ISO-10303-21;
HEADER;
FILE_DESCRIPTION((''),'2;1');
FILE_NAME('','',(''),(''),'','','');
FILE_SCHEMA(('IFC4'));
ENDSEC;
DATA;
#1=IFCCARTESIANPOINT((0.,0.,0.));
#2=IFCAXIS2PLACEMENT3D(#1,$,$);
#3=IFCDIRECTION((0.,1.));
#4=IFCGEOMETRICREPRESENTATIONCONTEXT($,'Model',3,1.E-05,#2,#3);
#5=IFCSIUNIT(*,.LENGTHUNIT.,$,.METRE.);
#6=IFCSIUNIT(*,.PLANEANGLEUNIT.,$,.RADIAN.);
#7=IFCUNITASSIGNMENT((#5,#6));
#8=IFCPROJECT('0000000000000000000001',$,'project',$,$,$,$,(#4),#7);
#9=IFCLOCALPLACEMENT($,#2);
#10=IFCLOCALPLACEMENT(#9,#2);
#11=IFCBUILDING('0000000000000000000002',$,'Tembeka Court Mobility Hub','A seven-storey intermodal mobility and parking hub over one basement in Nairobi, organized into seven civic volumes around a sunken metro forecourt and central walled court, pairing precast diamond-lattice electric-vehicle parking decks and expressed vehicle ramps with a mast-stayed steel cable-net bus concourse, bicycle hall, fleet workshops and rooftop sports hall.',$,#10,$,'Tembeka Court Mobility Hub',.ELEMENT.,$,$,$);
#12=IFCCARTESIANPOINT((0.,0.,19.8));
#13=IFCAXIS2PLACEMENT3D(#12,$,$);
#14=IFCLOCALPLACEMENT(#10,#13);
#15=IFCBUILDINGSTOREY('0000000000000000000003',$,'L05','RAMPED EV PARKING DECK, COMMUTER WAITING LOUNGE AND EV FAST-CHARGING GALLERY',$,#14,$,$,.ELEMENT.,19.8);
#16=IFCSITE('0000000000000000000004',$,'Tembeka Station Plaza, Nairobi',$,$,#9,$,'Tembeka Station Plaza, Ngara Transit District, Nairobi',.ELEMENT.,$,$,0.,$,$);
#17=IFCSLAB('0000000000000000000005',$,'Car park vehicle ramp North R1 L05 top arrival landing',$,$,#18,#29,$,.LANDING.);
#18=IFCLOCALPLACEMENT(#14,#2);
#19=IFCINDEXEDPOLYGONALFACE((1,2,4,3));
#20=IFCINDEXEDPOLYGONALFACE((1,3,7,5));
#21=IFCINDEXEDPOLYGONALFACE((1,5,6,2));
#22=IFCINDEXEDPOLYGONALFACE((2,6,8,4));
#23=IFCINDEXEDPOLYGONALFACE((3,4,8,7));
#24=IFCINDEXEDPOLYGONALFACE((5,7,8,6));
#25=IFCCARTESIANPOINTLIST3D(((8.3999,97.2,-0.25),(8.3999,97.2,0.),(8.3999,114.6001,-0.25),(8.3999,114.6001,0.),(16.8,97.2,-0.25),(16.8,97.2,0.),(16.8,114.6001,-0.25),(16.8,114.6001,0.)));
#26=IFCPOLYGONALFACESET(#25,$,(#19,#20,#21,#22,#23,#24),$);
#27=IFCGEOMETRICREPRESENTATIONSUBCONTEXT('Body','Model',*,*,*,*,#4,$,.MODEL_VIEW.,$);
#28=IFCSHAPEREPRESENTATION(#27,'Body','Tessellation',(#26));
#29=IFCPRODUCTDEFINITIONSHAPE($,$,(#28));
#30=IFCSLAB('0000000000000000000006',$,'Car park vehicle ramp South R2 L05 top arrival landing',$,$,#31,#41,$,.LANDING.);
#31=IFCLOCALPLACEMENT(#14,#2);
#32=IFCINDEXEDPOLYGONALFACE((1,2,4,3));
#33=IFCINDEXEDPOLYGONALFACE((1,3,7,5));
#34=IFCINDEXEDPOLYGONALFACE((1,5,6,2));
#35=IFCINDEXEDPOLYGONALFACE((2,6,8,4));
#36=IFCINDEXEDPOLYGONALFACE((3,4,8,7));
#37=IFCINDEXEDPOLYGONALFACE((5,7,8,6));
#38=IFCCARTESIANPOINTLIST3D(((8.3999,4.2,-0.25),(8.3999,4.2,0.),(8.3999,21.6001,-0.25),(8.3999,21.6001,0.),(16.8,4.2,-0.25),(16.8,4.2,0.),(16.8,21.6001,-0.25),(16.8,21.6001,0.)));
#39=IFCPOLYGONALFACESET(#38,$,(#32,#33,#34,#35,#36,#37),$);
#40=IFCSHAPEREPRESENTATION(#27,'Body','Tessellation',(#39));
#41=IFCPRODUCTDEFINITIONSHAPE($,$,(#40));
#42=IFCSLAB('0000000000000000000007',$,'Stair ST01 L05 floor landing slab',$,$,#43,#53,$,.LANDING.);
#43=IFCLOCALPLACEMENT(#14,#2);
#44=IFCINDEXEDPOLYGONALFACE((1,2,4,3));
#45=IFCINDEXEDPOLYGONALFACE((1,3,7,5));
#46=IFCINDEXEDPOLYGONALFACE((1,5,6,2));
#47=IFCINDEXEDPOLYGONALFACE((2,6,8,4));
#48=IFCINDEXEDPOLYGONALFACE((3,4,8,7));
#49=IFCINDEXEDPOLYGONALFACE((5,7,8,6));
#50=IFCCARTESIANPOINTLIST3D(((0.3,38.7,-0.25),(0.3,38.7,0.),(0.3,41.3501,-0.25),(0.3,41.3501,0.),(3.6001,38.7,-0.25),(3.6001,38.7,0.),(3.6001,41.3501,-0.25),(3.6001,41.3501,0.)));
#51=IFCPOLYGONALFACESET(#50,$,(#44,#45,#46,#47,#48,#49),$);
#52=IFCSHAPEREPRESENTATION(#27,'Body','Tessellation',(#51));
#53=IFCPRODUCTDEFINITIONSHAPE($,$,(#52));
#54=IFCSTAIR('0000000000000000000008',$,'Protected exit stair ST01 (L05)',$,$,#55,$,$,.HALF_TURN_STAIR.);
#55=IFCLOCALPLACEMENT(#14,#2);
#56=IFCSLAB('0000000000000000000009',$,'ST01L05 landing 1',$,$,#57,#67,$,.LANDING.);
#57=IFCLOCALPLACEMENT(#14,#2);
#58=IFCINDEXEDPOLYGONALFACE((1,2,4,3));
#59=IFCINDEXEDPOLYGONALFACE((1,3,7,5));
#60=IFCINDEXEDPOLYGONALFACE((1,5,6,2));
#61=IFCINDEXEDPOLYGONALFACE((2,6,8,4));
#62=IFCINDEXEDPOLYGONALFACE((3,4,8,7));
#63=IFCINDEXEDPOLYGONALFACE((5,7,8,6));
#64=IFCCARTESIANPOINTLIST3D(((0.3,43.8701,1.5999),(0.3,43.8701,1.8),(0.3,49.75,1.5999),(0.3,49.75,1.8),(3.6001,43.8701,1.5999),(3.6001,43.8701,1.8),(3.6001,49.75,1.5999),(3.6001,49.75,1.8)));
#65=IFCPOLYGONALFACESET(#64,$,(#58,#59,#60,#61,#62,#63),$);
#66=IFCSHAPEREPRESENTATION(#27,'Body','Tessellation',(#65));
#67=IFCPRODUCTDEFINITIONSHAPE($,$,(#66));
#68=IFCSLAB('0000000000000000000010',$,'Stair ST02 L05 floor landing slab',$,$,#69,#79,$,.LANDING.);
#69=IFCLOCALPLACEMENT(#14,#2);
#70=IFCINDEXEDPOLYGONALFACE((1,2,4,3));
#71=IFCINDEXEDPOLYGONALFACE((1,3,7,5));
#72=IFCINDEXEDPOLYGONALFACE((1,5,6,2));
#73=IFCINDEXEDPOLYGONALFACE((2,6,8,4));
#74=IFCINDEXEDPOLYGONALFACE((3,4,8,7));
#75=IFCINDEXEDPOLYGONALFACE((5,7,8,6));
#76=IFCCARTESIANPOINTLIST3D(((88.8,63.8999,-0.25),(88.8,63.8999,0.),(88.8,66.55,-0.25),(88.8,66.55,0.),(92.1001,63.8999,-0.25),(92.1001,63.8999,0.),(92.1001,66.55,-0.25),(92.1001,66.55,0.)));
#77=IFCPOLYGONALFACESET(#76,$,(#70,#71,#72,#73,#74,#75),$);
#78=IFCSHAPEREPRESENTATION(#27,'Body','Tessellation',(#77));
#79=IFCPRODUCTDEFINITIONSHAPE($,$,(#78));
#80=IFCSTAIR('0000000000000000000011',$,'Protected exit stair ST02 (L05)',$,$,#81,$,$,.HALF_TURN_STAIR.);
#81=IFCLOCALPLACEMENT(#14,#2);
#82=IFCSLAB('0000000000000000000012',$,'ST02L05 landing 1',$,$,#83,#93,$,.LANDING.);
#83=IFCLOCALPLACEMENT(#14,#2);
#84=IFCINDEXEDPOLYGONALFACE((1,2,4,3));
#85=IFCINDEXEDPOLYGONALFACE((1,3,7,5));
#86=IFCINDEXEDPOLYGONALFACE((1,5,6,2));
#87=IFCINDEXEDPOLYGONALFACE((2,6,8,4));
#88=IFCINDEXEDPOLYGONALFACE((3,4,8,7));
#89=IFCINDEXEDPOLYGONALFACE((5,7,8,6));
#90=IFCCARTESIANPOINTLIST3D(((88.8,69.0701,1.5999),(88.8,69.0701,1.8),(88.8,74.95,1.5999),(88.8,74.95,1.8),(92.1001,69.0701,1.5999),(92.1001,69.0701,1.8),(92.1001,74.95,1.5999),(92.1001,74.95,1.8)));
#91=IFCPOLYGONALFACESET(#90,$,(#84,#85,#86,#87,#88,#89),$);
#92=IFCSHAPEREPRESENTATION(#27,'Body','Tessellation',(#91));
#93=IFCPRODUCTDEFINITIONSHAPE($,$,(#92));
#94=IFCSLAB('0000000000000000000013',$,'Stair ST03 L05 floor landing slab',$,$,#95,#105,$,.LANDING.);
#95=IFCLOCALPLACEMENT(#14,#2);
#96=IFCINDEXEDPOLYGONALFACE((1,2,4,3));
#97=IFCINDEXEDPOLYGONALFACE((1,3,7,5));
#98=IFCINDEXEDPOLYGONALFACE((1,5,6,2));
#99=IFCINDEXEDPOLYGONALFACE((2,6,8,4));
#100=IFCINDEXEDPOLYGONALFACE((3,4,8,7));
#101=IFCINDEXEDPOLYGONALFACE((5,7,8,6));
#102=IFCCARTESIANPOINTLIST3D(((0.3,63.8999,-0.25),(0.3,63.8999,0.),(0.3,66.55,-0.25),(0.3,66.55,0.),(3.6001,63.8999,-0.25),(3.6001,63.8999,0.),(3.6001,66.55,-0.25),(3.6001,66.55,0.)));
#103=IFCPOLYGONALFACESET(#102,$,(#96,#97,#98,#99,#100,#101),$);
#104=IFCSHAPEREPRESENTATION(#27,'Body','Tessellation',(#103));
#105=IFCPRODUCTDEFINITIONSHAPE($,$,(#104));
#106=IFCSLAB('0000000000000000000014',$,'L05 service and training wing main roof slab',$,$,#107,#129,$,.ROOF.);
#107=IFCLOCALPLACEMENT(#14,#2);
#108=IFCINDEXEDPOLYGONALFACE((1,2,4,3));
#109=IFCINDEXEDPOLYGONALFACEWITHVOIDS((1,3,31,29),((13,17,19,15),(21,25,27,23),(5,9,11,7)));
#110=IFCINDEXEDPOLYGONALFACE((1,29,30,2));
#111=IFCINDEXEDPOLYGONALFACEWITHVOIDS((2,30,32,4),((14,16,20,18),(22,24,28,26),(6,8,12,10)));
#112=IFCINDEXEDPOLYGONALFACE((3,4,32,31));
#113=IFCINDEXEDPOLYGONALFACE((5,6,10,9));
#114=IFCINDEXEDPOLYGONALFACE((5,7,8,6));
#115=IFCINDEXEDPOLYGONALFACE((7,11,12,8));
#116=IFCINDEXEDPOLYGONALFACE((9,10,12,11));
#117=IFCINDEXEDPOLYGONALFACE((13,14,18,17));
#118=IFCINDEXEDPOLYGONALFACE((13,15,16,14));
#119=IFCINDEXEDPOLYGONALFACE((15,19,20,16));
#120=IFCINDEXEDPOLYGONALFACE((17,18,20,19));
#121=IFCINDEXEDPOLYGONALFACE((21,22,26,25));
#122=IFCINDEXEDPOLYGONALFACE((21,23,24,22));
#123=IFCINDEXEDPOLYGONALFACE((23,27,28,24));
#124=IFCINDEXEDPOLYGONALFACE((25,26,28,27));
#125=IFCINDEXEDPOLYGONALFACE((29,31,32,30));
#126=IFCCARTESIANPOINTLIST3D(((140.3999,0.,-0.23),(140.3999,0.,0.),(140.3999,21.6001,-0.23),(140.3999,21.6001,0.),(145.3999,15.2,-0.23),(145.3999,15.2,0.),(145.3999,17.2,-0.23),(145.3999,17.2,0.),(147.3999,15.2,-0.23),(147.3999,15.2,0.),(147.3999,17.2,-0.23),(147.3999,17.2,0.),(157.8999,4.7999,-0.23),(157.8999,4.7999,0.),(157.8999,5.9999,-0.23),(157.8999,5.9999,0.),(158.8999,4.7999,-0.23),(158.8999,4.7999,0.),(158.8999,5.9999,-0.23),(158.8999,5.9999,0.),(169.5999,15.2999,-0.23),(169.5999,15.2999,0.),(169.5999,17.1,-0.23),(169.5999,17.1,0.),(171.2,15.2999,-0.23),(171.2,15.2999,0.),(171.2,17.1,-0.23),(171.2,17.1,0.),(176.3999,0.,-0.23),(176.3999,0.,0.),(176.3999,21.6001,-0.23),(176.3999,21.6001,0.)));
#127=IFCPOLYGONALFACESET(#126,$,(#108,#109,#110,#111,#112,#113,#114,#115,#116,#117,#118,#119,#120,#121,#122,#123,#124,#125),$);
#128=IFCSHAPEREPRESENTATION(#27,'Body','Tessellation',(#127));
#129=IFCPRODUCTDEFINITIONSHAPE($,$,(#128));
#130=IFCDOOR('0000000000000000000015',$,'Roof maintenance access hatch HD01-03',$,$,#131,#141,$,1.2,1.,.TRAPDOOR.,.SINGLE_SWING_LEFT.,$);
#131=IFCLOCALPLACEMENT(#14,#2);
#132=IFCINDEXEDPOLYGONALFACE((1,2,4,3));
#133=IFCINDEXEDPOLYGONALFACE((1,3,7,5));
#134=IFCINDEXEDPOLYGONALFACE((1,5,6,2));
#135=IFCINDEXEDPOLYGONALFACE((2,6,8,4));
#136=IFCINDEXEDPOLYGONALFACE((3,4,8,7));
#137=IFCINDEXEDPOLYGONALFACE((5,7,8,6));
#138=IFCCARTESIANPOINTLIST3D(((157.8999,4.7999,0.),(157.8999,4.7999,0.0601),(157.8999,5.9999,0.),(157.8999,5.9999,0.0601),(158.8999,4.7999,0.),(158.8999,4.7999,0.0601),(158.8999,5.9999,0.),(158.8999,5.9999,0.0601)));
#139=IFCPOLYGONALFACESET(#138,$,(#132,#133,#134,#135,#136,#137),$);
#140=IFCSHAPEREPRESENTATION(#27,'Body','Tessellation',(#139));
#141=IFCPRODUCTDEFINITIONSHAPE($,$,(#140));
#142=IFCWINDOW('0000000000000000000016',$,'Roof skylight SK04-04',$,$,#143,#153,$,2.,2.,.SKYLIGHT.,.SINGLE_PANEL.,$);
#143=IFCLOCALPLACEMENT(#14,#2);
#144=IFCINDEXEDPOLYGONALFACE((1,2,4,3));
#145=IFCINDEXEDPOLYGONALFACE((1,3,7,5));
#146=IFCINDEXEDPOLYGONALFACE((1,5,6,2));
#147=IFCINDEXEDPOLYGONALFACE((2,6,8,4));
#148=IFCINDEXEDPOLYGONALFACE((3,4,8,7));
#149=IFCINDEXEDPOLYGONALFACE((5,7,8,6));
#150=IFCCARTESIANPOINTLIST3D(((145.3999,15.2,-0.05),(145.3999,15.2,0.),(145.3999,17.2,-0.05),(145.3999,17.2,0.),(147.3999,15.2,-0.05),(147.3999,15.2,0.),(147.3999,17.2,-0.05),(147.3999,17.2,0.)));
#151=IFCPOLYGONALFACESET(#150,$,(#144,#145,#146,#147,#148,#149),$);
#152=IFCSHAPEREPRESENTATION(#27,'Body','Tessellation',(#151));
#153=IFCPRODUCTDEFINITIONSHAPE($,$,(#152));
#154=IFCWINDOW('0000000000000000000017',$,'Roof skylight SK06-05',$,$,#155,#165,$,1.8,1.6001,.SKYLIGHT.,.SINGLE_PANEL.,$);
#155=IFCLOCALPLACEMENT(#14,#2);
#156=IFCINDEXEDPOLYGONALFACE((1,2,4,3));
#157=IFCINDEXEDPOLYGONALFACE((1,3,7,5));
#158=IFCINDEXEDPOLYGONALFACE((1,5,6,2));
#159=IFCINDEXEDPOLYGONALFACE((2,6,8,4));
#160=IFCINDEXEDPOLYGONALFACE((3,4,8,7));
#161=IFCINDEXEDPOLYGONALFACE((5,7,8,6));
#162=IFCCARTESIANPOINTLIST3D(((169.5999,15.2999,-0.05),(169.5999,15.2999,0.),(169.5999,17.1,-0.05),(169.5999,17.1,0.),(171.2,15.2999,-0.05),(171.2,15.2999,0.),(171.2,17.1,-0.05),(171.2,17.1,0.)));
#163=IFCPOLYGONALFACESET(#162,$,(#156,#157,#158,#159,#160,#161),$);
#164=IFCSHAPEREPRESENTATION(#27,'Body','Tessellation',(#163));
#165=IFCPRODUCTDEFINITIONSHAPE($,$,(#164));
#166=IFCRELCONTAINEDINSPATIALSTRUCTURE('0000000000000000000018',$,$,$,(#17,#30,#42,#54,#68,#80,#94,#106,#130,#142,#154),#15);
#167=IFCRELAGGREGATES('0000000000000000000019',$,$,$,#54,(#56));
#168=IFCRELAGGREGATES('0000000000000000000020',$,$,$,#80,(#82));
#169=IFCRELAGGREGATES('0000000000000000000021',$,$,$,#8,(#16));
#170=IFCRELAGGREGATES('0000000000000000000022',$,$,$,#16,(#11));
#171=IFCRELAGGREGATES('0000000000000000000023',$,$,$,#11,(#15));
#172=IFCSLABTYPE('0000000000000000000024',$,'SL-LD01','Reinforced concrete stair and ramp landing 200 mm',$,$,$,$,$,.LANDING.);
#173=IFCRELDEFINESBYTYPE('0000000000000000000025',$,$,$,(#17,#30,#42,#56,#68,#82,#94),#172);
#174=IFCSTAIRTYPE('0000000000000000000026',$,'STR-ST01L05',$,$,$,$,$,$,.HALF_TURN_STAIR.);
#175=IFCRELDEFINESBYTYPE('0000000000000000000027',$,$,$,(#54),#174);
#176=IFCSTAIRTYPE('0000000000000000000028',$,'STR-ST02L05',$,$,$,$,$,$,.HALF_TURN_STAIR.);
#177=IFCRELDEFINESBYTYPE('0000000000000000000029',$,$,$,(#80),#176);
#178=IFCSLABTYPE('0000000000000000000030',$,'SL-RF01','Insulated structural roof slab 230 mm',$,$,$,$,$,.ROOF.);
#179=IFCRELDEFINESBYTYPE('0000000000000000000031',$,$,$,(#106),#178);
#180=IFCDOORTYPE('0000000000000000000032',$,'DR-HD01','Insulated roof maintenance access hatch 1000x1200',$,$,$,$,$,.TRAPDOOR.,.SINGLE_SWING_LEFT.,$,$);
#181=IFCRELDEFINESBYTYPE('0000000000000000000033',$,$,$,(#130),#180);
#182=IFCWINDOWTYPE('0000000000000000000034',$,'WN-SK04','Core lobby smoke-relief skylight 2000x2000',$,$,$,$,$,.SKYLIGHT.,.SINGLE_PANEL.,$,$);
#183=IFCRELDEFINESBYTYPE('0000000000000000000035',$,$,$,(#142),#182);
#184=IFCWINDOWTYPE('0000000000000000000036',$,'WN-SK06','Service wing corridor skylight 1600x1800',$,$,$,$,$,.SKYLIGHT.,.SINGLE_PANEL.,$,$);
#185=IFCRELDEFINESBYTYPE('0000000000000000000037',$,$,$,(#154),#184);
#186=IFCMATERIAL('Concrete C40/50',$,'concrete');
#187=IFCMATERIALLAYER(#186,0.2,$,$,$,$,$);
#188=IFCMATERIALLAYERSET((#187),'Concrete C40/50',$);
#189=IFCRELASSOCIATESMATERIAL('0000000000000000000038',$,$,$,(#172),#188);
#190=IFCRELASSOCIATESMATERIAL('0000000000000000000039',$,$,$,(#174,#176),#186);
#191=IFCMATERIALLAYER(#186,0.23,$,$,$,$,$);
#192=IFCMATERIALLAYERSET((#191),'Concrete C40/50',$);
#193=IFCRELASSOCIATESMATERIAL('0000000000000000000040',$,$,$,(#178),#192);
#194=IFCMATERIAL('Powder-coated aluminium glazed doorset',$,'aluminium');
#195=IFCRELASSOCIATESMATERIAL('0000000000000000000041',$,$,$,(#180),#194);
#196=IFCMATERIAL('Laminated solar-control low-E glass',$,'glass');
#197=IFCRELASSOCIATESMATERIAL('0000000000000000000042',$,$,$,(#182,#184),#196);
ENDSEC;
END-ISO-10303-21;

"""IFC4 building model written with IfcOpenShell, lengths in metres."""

from ifc_helpers import new_model, si_unit, direction, frame, origin, origin_2d, place, context, subcontext, project, spatial, polyline, rectangle, outline, extrude, material, layer, layer_set, type_object, element, fill, aggregate, save


model = new_model("IFC4")

# Units and contexts
model_context = context("Model", 3, precision=1e-05, world=origin(), true_north=direction((0.0, 1.0)))
body_context = subcontext(model_context, "Body", "Model", "MODEL_VIEW")
ifc_project = project(units=[si_unit("LENGTHUNIT", "METRE"), si_unit("PLANEANGLEUNIT", "RADIAN")], contexts=[model_context])

# Site, building, storey
site_placement = place(None, origin())
site = spatial("IfcSite", under=ifc_project, at=site_placement, Name="Tembeka Station Plaza, Nairobi", LongName="Tembeka Station Plaza, Ngara Transit District, Nairobi", CompositionType="ELEMENT", RefElevation=0.0)
building_placement = place(site_placement, origin())
building = spatial("IfcBuilding", under=site, at=building_placement, Name="Tembeka Court Mobility Hub", Description="A seven-storey intermodal mobility and parking hub over one basement in Nairobi, organized into seven civic volumes around a sunken metro forecourt and central walled court, pairing precast diamond-lattice electric-vehicle parking decks and expressed vehicle ramps with a mast-stayed steel cable-net bus concourse, bicycle hall, fleet workshops and rooftop sports hall.", LongName="Tembeka Court Mobility Hub", CompositionType="ELEMENT")
storey_placement = place(building_placement, frame((0.0, 0.0, 19.8)))
storey = spatial("IfcBuildingStorey", under=building, at=storey_placement, Name="L05", Description="RAMPED EV PARKING DECK, COMMUTER WAITING LOUNGE AND EV FAST-CHARGING GALLERY", CompositionType="ELEMENT", Elevation=19.8)

# Slabs
ifc_material_1 = material(Name="Concrete C40/50", Category="concrete")
ifc_layer_1 = layer(ifc_material_1, 0.2)
ifc_layer_set_1 = layer_set([ifc_layer_1], Name="Concrete C40/50")
slab_type_1 = type_object("IfcSlabType", Name="SL-LD01", Description="Reinforced concrete stair and ramp landing 200 mm", PredefinedType="LANDING", material=ifc_layer_set_1)
slab_1_placement = place(storey_placement, frame((0.0, 0.0, -0.25)))
element("IfcSlab", 1, at=slab_1_placement, inside=storey, type_object=slab_type_1, Name="Car park vehicle ramp North R1 L05 top arrival landing", PredefinedType="LANDING", context=body_context, shape_type="SweptSolid", body=[
    extrude(outline(polyline([(8.3999, 97.2), (16.8, 97.2), (16.8, 114.6001), (8.3999, 114.6001), (8.3999, 97.2)])), origin(), (0.0, 0.0, 1.0), 0.25),
])
slab_2_placement = place(storey_placement, frame((0.0, 0.0, -0.25)))
element("IfcSlab", 2, at=slab_2_placement, inside=storey, type_object=slab_type_1, Name="Car park vehicle ramp South R2 L05 top arrival landing", PredefinedType="LANDING", context=body_context, shape_type="SweptSolid", body=[
    extrude(outline(polyline([(8.3999, 4.2), (16.8, 4.2), (16.8, 21.6001), (8.3999, 21.6001), (8.3999, 4.2)])), origin(), (0.0, 0.0, 1.0), 0.25),
])
slab_3_placement = place(storey_placement, frame((0.0, 0.0, -0.25)))
element("IfcSlab", 3, at=slab_3_placement, inside=storey, type_object=slab_type_1, Name="Stair ST01 L05 floor landing slab", PredefinedType="LANDING", context=body_context, shape_type="SweptSolid", body=[
    extrude(outline(polyline([(0.3, 38.7), (3.6001, 38.7), (3.6001, 41.3501), (0.3, 41.3501), (0.3, 38.7)])), origin(), (0.0, 0.0, 1.0), 0.25),
])

# Stair, slab
stair_type_1 = type_object("IfcStairType", Name="STR-ST01L05", PredefinedType="HALF_TURN_STAIR", material=ifc_material_1)
stair_1_placement = place(storey_placement, origin())
stair_1 = element("IfcStair", 4, at=stair_1_placement, inside=storey, type_object=stair_type_1, Name="Protected exit stair ST01 (L05)", PredefinedType="HALF_TURN_STAIR")
slab_4_placement = place(storey_placement, frame((0.0, 0.0, 1.5999)))
slab_4 = element("IfcSlab", 5, at=slab_4_placement, type_object=slab_type_1, Name="ST01L05 landing 1", PredefinedType="LANDING", context=body_context, shape_type="SweptSolid", body=[
    extrude(outline(polyline([(3.6001, 43.8701), (3.6001, 49.75), (0.3, 49.75), (0.3, 43.8701), (3.6001, 43.8701)])), origin(), (0.0, 0.0, 1.0), 0.2002),
])
aggregate(stair_1, [slab_4])

# Slab
slab_5_placement = place(storey_placement, frame((0.0, 0.0, -0.25)))
element("IfcSlab", 6, at=slab_5_placement, inside=storey, type_object=slab_type_1, Name="Stair ST02 L05 floor landing slab", PredefinedType="LANDING", context=body_context, shape_type="SweptSolid", body=[
    extrude(outline(polyline([(88.8, 63.8999), (92.1001, 63.8999), (92.1001, 66.55), (88.8, 66.55), (88.8, 63.8999)])), origin(), (0.0, 0.0, 1.0), 0.25),
])

# Stair, slab
stair_type_2 = type_object("IfcStairType", Name="STR-ST02L05", PredefinedType="HALF_TURN_STAIR", material=ifc_material_1)
stair_2_placement = place(storey_placement, origin())
stair_2 = element("IfcStair", 7, at=stair_2_placement, inside=storey, type_object=stair_type_2, Name="Protected exit stair ST02 (L05)", PredefinedType="HALF_TURN_STAIR")
slab_6_placement = place(storey_placement, frame((0.0, 0.0, 1.5999)))
slab_6 = element("IfcSlab", 8, at=slab_6_placement, type_object=slab_type_1, Name="ST02L05 landing 1", PredefinedType="LANDING", context=body_context, shape_type="SweptSolid", body=[
    extrude(outline(polyline([(92.1001, 69.0701), (92.1001, 74.95), (88.8, 74.95), (88.8, 69.0701), (92.1001, 69.0701)])), origin(), (0.0, 0.0, 1.0), 0.2002),
])
aggregate(stair_2, [slab_6])

# Slab
slab_7_placement = place(storey_placement, frame((0.0, 0.0, -0.25)))
element("IfcSlab", 9, at=slab_7_placement, inside=storey, type_object=slab_type_1, Name="Stair ST03 L05 floor landing slab", PredefinedType="LANDING", context=body_context, shape_type="SweptSolid", body=[
    extrude(outline(polyline([(0.3, 63.8999), (3.6001, 63.8999), (3.6001, 66.55), (0.3, 66.55), (0.3, 63.8999)])), origin(), (0.0, 0.0, 1.0), 0.25),
])

# Slab, openings, door, windows
ifc_layer_2 = layer(ifc_material_1, 0.23)
ifc_layer_set_2 = layer_set([ifc_layer_2], Name="Concrete C40/50")
slab_type_2 = type_object("IfcSlabType", Name="SL-RF01", Description="Insulated structural roof slab 230 mm", PredefinedType="ROOF", material=ifc_layer_set_2)
slab_8_placement = place(storey_placement, frame((0.0, 0.0, -0.23)))
slab_8 = element("IfcSlab", 10, at=slab_8_placement, inside=storey, type_object=slab_type_2, Name="L05 service and training wing main roof slab", PredefinedType="ROOF", context=body_context, shape_type="SweptSolid", body=[
    extrude(outline(polyline([(140.3999, 0.0), (176.3999, 0.0), (176.3999, 21.6001), (140.3999, 21.6001), (140.3999, 0.0)])), origin(), (0.0, 0.0, 1.0), 0.23),
])
opening_1_placement = place(slab_8_placement, frame((146.3999, 16.2, -0.01)))
opening_1 = element("IfcOpeningElement", 11, at=opening_1_placement, cuts=slab_8, PredefinedType="OPENING", context=body_context, shape_type="SweptSolid", body=[
    extrude(rectangle(XDim=2.0, YDim=2.0, at=origin_2d()), origin(), (0.0, 0.0, 1.0), 0.25),
])
opening_2_placement = place(slab_8_placement, frame((170.3999, 16.2, -0.01)))
opening_2 = element("IfcOpeningElement", 12, at=opening_2_placement, cuts=slab_8, PredefinedType="OPENING", context=body_context, shape_type="SweptSolid", body=[
    extrude(rectangle(XDim=1.6001, YDim=1.8, at=origin_2d()), origin(), (0.0, 0.0, 1.0), 0.25),
])
opening_3_placement = place(slab_8_placement, frame((158.3999, 5.3999, -0.01)))
opening_3 = element("IfcOpeningElement", 13, at=opening_3_placement, cuts=slab_8, PredefinedType="OPENING", context=body_context, shape_type="SweptSolid", body=[
    extrude(rectangle(XDim=1.0, YDim=1.2, at=origin_2d()), origin(), (0.0, 0.0, 1.0), 0.3201),
])
ifc_material_2 = material(Name="Powder-coated aluminium glazed doorset", Category="aluminium")
door_type = type_object("IfcDoorType", Name="DR-HD01", Description="Insulated roof maintenance access hatch 1000x1200", OperationType="SINGLE_SWING_LEFT", PredefinedType="TRAPDOOR", material=ifc_material_2)
door_placement = place(opening_3_placement, frame((0.0, 0.0, 0.24)))
door = element("IfcDoor", 14, at=door_placement, inside=storey, type_object=door_type, Name="Roof maintenance access hatch HD01-03", OperationType="SINGLE_SWING_LEFT", OverallHeight=1.2, OverallWidth=1.0, PredefinedType="TRAPDOOR", context=body_context, shape_type="SweptSolid", body=[
    extrude(rectangle(XDim=1.0, YDim=1.2, at=origin_2d()), origin(), (0.0, 0.0, 1.0), 0.0601),
])
fill(opening_3, door)
ifc_material_3 = material(Name="Laminated solar-control low-E glass", Category="glass")
window_type_1 = type_object("IfcWindowType", Name="WN-SK04", Description="Core lobby smoke-relief skylight 2000x2000", PartitioningType="SINGLE_PANEL", PredefinedType="SKYLIGHT", material=ifc_material_3)
window_1_placement = place(opening_1_placement, frame((0.0, 0.0, 0.1899)))
window_1 = element("IfcWindow", 15, at=window_1_placement, inside=storey, type_object=window_type_1, Name="Roof skylight SK04-04", OverallHeight=2.0, OverallWidth=2.0, PartitioningType="SINGLE_PANEL", PredefinedType="SKYLIGHT", context=body_context, shape_type="SweptSolid", body=[
    extrude(rectangle(XDim=2.0, YDim=2.0, at=origin_2d()), origin(), (0.0, 0.0, 1.0), 0.05),
])
fill(opening_1, window_1)
window_type_2 = type_object("IfcWindowType", Name="WN-SK06", Description="Service wing corridor skylight 1600x1800", PartitioningType="SINGLE_PANEL", PredefinedType="SKYLIGHT", material=ifc_material_3)
window_2_placement = place(opening_2_placement, frame((0.0, 0.0, 0.1899)))
window_2 = element("IfcWindow", 16, at=window_2_placement, inside=storey, type_object=window_type_2, Name="Roof skylight SK06-05", OverallHeight=1.8, OverallWidth=1.6001, PartitioningType="SINGLE_PANEL", PredefinedType="SKYLIGHT", context=body_context, shape_type="SweptSolid", body=[
    extrude(rectangle(XDim=1.6001, YDim=1.8, at=origin_2d()), origin(), (0.0, 0.0, 1.0), 0.05),
])
fill(opening_2, window_2)

save(model, "model.ifc")
